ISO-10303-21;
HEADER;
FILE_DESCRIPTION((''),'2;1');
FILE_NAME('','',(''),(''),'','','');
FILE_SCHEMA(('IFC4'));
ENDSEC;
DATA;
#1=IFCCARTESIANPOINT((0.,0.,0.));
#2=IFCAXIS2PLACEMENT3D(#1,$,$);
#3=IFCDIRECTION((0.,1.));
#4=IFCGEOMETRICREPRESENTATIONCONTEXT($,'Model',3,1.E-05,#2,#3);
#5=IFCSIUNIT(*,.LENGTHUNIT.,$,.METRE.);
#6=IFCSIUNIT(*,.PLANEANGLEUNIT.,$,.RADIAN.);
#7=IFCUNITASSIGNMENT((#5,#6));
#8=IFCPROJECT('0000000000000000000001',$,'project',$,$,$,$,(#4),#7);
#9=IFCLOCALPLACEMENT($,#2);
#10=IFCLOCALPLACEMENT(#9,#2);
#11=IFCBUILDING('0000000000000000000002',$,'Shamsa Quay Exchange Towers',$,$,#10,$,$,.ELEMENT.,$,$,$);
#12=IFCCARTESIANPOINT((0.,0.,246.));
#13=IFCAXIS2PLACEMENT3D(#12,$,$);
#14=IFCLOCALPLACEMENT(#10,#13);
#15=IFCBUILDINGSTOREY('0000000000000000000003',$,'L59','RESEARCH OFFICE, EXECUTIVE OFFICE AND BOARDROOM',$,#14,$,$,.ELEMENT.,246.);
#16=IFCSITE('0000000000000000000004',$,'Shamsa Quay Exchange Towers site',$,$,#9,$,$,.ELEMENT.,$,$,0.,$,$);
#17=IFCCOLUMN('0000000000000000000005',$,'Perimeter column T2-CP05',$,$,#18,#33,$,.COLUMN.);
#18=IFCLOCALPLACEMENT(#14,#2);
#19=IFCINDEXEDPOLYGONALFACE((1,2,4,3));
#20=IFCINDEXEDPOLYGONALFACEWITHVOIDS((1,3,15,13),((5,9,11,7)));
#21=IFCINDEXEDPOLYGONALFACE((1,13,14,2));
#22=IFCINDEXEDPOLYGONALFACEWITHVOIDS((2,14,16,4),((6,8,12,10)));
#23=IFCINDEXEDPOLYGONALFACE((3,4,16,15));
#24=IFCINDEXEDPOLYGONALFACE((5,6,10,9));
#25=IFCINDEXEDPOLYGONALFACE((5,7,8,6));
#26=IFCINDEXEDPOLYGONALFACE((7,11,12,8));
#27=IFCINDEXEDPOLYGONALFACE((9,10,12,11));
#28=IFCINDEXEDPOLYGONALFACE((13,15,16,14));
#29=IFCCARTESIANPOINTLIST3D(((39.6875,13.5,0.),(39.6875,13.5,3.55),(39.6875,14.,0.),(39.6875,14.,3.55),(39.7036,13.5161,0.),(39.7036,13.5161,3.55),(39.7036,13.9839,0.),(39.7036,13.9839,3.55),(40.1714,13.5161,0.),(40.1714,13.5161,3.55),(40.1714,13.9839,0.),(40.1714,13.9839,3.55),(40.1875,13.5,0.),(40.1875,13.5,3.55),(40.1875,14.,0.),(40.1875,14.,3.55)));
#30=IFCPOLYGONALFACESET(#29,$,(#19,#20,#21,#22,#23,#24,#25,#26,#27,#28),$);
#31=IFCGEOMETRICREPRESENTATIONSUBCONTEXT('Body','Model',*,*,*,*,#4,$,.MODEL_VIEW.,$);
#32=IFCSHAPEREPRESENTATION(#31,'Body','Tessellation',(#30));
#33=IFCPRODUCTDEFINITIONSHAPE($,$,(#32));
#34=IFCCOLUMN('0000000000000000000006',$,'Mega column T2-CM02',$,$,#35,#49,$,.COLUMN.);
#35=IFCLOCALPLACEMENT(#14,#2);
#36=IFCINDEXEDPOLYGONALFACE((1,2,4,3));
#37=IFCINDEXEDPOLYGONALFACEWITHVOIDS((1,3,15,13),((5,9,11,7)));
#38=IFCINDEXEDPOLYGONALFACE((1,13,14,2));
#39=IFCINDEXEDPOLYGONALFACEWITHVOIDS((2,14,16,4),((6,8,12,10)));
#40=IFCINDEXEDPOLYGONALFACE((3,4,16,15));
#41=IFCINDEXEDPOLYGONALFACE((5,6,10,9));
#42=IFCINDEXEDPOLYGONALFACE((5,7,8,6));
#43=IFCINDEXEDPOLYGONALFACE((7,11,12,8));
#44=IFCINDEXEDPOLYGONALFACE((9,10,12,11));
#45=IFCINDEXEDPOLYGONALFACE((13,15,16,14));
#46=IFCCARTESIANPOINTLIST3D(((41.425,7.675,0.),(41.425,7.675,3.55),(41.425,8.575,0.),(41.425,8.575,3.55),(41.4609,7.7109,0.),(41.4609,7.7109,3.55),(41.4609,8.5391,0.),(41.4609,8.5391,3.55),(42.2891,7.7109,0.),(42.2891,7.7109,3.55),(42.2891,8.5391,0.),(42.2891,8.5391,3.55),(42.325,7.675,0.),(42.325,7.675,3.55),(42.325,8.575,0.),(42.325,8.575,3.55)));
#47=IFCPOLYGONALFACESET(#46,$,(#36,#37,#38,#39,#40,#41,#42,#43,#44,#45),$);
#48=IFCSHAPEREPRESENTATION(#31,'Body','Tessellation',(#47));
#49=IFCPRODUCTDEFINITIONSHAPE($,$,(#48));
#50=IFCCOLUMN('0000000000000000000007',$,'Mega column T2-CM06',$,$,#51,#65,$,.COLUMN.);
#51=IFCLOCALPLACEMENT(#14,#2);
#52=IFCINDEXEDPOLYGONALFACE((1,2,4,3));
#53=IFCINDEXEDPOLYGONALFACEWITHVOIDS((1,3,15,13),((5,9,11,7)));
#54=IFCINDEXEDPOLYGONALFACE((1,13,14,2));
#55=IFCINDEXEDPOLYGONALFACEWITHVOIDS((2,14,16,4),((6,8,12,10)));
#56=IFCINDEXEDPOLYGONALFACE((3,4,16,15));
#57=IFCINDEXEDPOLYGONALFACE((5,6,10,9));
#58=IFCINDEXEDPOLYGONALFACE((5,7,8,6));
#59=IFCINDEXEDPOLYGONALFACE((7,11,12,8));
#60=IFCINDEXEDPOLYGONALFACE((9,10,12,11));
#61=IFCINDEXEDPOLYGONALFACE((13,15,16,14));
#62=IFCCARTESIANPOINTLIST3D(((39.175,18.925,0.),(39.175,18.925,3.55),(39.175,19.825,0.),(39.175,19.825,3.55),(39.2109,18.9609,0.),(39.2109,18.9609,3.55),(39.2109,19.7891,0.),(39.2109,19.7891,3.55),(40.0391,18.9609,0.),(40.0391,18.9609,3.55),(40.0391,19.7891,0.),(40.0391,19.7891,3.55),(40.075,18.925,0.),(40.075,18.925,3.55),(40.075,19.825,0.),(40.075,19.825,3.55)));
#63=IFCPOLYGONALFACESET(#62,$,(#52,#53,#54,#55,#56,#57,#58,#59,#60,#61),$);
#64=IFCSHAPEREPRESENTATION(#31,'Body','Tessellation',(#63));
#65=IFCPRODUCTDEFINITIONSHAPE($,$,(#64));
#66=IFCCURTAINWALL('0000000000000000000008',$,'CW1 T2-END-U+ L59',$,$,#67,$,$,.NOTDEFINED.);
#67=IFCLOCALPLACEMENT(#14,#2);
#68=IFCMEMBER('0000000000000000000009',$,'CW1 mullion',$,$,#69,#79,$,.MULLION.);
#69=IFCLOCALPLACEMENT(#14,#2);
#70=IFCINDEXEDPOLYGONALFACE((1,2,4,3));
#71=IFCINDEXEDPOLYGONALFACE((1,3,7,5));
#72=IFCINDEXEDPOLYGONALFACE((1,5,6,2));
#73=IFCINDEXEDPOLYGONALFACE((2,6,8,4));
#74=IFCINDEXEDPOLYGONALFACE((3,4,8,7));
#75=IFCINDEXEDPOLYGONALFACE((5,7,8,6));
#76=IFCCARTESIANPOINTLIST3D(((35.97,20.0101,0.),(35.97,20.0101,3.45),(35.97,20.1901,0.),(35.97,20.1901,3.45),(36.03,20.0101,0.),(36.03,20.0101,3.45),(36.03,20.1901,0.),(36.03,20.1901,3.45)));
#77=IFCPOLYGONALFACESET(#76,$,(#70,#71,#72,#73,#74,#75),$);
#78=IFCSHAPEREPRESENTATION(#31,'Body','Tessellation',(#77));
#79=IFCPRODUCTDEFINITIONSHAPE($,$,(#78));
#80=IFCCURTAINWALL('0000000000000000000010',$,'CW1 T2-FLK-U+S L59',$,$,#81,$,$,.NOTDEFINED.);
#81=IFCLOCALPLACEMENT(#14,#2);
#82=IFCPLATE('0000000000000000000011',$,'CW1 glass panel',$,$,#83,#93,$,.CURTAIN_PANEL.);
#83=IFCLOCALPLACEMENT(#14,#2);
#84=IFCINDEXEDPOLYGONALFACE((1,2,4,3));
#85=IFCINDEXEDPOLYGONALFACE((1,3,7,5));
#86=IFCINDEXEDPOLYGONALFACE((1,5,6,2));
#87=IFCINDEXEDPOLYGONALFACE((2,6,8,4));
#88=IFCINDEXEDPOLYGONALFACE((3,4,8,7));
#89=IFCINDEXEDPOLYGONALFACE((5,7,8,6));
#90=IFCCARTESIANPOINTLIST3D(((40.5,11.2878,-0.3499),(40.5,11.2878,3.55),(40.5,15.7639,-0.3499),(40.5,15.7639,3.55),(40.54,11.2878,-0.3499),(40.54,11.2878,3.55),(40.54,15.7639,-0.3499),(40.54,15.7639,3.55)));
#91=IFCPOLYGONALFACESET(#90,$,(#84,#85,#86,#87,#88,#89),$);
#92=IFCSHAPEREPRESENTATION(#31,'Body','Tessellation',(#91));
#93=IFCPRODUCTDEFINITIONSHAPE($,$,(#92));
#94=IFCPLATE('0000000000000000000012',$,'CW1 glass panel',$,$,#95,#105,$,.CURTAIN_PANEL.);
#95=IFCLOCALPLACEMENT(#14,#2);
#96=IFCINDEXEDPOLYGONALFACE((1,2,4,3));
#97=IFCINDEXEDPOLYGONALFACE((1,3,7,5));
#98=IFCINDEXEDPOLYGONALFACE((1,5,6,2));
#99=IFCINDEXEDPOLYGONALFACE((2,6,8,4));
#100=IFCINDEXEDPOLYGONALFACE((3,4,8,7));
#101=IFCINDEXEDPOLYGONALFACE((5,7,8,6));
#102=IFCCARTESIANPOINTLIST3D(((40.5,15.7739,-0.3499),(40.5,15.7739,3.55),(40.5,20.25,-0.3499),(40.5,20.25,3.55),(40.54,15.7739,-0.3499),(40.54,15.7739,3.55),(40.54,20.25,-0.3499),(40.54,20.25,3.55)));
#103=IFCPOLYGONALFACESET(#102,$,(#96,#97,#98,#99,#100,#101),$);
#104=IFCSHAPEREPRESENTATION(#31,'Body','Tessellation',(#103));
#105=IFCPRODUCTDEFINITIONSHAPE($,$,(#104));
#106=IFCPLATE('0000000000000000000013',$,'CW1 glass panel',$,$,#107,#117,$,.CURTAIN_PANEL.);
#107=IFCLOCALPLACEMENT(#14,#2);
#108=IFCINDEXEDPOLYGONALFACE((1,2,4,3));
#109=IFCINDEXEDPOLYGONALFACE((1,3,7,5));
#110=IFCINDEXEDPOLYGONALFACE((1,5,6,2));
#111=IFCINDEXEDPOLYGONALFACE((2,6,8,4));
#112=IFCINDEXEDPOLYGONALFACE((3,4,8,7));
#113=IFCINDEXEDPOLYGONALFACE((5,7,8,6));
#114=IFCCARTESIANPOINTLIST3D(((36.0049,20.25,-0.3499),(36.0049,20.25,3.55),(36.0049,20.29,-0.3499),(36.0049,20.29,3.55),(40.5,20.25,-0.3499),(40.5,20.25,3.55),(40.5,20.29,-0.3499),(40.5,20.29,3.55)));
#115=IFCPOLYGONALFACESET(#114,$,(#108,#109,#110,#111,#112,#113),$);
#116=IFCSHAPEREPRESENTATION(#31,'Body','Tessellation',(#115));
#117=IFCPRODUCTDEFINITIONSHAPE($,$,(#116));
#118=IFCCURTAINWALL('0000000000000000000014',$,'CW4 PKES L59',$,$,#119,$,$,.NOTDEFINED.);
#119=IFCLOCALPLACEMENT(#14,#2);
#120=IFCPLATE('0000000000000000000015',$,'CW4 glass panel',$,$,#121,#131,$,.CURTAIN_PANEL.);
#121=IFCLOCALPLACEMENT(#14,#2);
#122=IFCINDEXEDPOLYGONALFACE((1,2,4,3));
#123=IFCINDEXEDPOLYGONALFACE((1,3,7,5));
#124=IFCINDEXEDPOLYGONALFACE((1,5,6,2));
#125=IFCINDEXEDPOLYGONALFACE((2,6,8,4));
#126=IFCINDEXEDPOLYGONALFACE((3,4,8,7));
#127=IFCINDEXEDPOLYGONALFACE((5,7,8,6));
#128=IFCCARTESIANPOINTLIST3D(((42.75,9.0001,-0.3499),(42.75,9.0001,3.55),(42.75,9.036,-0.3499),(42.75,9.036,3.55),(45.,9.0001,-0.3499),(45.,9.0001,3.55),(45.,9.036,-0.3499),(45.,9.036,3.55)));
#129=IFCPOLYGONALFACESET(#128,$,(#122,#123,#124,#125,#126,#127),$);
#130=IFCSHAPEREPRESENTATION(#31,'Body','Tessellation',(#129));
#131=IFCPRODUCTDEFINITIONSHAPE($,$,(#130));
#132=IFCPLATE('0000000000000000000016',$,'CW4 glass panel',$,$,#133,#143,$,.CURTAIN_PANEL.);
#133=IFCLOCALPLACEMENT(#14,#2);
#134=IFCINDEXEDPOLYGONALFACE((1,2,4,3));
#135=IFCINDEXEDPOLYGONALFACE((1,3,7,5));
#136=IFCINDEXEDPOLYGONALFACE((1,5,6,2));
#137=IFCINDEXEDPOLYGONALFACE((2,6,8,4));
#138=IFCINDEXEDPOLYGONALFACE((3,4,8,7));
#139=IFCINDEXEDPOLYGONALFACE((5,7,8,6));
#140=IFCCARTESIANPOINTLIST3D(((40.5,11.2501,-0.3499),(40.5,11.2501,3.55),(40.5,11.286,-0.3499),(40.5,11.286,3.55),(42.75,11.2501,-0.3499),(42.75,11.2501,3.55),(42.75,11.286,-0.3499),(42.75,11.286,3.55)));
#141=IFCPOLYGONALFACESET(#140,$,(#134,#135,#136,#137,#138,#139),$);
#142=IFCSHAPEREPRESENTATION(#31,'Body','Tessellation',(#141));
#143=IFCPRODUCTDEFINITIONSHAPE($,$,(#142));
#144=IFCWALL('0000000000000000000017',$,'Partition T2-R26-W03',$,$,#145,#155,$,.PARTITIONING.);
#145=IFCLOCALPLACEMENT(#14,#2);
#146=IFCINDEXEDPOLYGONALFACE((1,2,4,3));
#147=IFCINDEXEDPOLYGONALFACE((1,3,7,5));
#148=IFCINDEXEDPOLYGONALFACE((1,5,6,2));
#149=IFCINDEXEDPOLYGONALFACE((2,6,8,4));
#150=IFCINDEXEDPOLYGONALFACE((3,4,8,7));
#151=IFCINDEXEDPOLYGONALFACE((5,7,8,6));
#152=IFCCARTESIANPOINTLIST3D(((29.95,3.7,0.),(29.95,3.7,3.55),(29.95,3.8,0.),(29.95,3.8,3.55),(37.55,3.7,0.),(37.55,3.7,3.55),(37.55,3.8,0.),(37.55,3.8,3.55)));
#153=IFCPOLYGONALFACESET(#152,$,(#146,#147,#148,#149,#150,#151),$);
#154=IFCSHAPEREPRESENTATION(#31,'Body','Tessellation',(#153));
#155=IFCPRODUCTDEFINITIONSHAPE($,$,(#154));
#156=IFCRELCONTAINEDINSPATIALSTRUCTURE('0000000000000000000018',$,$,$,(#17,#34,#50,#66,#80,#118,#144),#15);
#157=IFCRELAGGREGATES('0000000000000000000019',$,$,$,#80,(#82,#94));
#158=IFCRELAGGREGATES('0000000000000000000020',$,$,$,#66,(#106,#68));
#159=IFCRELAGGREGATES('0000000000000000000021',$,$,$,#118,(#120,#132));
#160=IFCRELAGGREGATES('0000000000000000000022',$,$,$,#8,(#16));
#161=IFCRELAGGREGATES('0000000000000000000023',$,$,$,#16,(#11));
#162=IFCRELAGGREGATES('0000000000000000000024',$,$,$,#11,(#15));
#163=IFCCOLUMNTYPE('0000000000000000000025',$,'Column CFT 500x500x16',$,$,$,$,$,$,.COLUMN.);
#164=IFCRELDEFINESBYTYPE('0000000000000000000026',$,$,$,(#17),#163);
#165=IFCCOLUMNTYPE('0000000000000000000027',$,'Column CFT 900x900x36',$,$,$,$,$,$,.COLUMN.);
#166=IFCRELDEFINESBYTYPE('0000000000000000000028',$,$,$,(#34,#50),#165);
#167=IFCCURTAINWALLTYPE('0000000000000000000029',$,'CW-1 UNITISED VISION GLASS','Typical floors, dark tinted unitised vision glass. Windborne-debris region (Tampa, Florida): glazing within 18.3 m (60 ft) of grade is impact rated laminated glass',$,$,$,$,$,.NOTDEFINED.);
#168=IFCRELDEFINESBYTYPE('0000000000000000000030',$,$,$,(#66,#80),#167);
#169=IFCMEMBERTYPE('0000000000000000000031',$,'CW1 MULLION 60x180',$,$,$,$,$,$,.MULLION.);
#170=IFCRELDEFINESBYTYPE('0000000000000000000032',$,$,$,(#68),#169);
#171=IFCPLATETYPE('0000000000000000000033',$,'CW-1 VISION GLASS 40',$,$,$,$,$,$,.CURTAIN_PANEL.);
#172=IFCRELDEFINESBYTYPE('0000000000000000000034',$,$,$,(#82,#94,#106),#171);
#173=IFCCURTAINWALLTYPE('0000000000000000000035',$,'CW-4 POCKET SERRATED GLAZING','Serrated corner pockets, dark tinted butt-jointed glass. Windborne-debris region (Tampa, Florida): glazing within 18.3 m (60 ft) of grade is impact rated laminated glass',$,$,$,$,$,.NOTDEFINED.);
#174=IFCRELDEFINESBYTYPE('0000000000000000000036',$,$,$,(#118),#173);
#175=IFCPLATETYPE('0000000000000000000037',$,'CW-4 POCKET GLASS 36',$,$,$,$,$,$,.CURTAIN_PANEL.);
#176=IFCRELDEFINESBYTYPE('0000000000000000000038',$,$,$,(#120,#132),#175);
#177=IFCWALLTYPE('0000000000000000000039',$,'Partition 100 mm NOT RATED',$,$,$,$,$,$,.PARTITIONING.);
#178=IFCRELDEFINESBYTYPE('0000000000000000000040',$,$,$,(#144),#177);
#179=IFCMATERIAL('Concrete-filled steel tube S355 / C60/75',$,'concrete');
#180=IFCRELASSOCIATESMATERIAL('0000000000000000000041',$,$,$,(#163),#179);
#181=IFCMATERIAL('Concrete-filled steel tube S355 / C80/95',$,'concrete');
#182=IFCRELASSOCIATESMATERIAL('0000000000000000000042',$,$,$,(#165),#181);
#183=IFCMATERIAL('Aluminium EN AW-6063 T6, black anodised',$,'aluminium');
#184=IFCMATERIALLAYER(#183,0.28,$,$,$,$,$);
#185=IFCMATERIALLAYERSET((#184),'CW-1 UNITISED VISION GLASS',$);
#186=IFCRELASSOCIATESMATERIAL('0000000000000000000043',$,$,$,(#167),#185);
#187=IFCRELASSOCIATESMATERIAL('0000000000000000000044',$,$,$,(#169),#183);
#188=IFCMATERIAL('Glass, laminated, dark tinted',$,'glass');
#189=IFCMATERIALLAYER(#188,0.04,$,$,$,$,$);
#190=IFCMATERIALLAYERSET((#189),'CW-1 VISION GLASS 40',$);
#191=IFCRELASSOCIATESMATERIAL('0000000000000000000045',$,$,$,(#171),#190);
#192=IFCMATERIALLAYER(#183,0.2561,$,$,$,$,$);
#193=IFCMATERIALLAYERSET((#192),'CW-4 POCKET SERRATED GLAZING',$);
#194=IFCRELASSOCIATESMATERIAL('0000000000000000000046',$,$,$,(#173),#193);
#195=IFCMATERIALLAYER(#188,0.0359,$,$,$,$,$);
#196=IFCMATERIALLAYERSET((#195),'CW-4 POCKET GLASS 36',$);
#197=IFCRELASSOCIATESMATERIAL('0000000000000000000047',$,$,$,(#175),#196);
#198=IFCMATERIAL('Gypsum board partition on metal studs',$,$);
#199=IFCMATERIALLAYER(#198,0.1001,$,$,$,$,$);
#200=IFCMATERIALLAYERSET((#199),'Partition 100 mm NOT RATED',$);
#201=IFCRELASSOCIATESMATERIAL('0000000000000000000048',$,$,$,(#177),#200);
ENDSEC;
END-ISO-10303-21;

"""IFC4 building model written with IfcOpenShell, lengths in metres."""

from ifc_helpers import new_model, si_unit, direction, frame, frame_2d, origin, origin_2d, place, context, subcontext, project, spatial, rectangle, hollow_rectangle, extrude, material, layer, layer_set, material_profile, profile_set, type_object, element, aggregate, save


model = new_model("IFC4")

# Units and contexts
model_context = context("Model", 3, precision=1e-05, world=origin(), true_north=direction((0.0, 1.0)))
body_context = subcontext(model_context, "Body", "Model", "MODEL_VIEW")
ifc_project = project(units=[si_unit("LENGTHUNIT", "METRE"), si_unit("PLANEANGLEUNIT", "RADIAN")], contexts=[model_context])

# Site, building, storey
site_placement = place(None, origin())
site = spatial("IfcSite", under=ifc_project, at=site_placement, Name="Shamsa Quay Exchange Towers site", CompositionType="ELEMENT", RefElevation=0.0)
building_placement = place(site_placement, origin())
building = spatial("IfcBuilding", under=site, at=building_placement, Name="Shamsa Quay Exchange Towers", CompositionType="ELEMENT")
storey_placement = place(building_placement, frame((0.0, 0.0, 246.0)))
storey = spatial("IfcBuildingStorey", under=building, at=storey_placement, Name="L59", Description="RESEARCH OFFICE, EXECUTIVE OFFICE AND BOARDROOM", CompositionType="ELEMENT", Elevation=246.0)

# Columns
ifc_material_1 = material(Name="Concrete-filled steel tube S355 / C60/75", Category="concrete")
ifc_material_profile_1 = material_profile(ifc_material_1, hollow_rectangle(XDim=0.5, YDim=0.5, WallThickness=0.0161, at=origin_2d()), Name="CFT 500x500x16")
ifc_profile_set_1 = profile_set([ifc_material_profile_1], Name="Concrete-filled steel tube S355 / C60/75")
column_type_1 = type_object("IfcColumnType", Name="Column CFT 500x500x16", PredefinedType="COLUMN", material=ifc_profile_set_1)
column_placement = place(storey_placement, frame((39.9375, 13.75, 0.0)))
element("IfcColumn", 1, at=column_placement, inside=storey, type_object=column_type_1, Name="Perimeter column T2-CP05", PredefinedType="COLUMN", context=body_context, shape_type="SweptSolid", body=[
    extrude(hollow_rectangle(XDim=0.5, YDim=0.5, WallThickness=0.0161, at=origin_2d()), origin(), (0.0, 0.0, 1.0), 3.55),
])
ifc_material_2 = material(Name="Concrete-filled steel tube S355 / C80/95", Category="concrete")
ifc_material_profile_2 = material_profile(ifc_material_2, hollow_rectangle(XDim=0.8999, YDim=0.8999, WallThickness=0.0359, at=origin_2d()), Name="CFT 900x900x36")
ifc_profile_set_2 = profile_set([ifc_material_profile_2], Name="Concrete-filled steel tube S355 / C80/95")
column_type_2 = type_object("IfcColumnType", Name="Column CFT 900x900x36", PredefinedType="COLUMN", material=ifc_profile_set_2)
for number, where, name in (
    (2, (41.875, 8.125, 0.0), "Mega column T2-CM02"),
    (3, (39.625, 19.375, 0.0), "Mega column T2-CM06"),
):
    element("IfcColumn", number, at=place(storey_placement, frame(where)), inside=storey, type_object=column_type_2, Name=name, PredefinedType="COLUMN", context=body_context, shape_type="SweptSolid", body=[
        extrude(hollow_rectangle(XDim=0.8999, YDim=0.8999, WallThickness=0.0359, at=origin_2d()), origin(), (0.0, 0.0, 1.0), 3.55),
    ])

# Curtain wall, member
ifc_material_3 = material(Name="Aluminium EN AW-6063 T6, black anodised", Category="aluminium")
ifc_layer_1 = layer(ifc_material_3, 0.28)
ifc_layer_set_1 = layer_set([ifc_layer_1], Name="CW-1 UNITISED VISION GLASS")
curtain_wall_type_1 = type_object("IfcCurtainWallType", Name="CW-1 UNITISED VISION GLASS", Description="Typical floors, dark tinted unitised vision glass. Windborne-debris region (Tampa, Florida): glazing within 18.3 m (60 ft) of grade is impact rated laminated glass", PredefinedType="NOTDEFINED", material=ifc_layer_set_1)
curtain_wall_1_placement = place(storey_placement, origin())
curtain_wall_1 = element("IfcCurtainWall", 4, at=curtain_wall_1_placement, inside=storey, type_object=curtain_wall_type_1, Name="CW1 T2-END-U+ L59", PredefinedType="NOTDEFINED")
ifc_material_profile_3 = material_profile(ifc_material_3, rectangle(XDim=0.1799, YDim=0.0601, at=origin_2d()), Name="MU60x180")
ifc_profile_set_3 = profile_set([ifc_material_profile_3], Name="Aluminium EN AW-6063 T6, black anodised")
member_type = type_object("IfcMemberType", Name="CW1 MULLION 60x180", PredefinedType="MULLION", material=ifc_profile_set_3)
member_placement = place(storey_placement, frame((36.0, 20.1001, 0.0), z_axis=(0.0, 0.0, 1.0), x_axis=(0.0, -1.0, 0.0)))
member = element("IfcMember", 5, at=member_placement, type_object=member_type, Name="CW1 mullion", PredefinedType="MULLION", context=body_context, shape_type="SweptSolid", body=[
    extrude(rectangle(XDim=0.1799, YDim=0.0601, at=origin_2d()), origin(), (0.0, 0.0, 1.0), 3.45),
])

# Curtain wall, plates
curtain_wall_2_placement = place(storey_placement, origin())
curtain_wall_2 = element("IfcCurtainWall", 6, at=curtain_wall_2_placement, inside=storey, type_object=curtain_wall_type_1, Name="CW1 T2-FLK-U+S L59", PredefinedType="NOTDEFINED")
ifc_material_4 = material(Name="Glass, laminated, dark tinted", Category="glass")
ifc_layer_2 = layer(ifc_material_4, 0.04)
ifc_layer_set_2 = layer_set([ifc_layer_2], Name="CW-1 VISION GLASS 40")
plate_type_1 = type_object("IfcPlateType", Name="CW-1 VISION GLASS 40", PredefinedType="CURTAIN_PANEL", material=ifc_layer_set_2)
plate_1_placement = place(storey_placement, frame((40.52, 13.5259, -0.3499), z_axis=(0.0, 0.0, 1.0), x_axis=(0.0, 1.0, 0.0)))
plate_1 = element("IfcPlate", 7, at=plate_1_placement, type_object=plate_type_1, Name="CW1 glass panel", PredefinedType="CURTAIN_PANEL", context=body_context, shape_type="SweptSolid", body=[
    extrude(rectangle(XDim=4.4761, YDim=0.04, at=origin_2d()), origin(), (0.0, 0.0, 1.0), 3.8999),
])
plate_2_placement = place(storey_placement, frame((40.52, 18.012, -0.3499), z_axis=(0.0, 0.0, 1.0), x_axis=(0.0, 1.0, 0.0)))
plate_2 = element("IfcPlate", 8, at=plate_2_placement, type_object=plate_type_1, Name="CW1 glass panel", PredefinedType="CURTAIN_PANEL", context=body_context, shape_type="SweptSolid", body=[
    extrude(rectangle(XDim=4.4761, YDim=0.04, at=origin_2d()), origin(), (0.0, 0.0, 1.0), 3.8999),
])
aggregate(curtain_wall_2, [plate_1, plate_2])

# Plate
plate_3_placement = place(storey_placement, frame((38.2524, 20.27, -0.3499), z_axis=(0.0, 0.0, 1.0), x_axis=(-1.0, 0.0, 0.0)))
plate_3 = element("IfcPlate", 9, at=plate_3_placement, type_object=plate_type_1, Name="CW1 glass panel", PredefinedType="CURTAIN_PANEL", context=body_context, shape_type="SweptSolid", body=[
    extrude(rectangle(XDim=4.4951, YDim=0.04, at=origin_2d()), origin(), (0.0, 0.0, 1.0), 3.8999),
])
aggregate(curtain_wall_1, [plate_3, member])

# Curtain wall, plates
ifc_layer_3 = layer(ifc_material_3, 0.2561)
ifc_layer_set_3 = layer_set([ifc_layer_3], Name="CW-4 POCKET SERRATED GLAZING")
curtain_wall_type_2 = type_object("IfcCurtainWallType", Name="CW-4 POCKET SERRATED GLAZING", Description="Serrated corner pockets, dark tinted butt-jointed glass. Windborne-debris region (Tampa, Florida): glazing within 18.3 m (60 ft) of grade is impact rated laminated glass", PredefinedType="NOTDEFINED", material=ifc_layer_set_3)
curtain_wall_3_placement = place(storey_placement, origin())
curtain_wall_3 = element("IfcCurtainWall", 10, at=curtain_wall_3_placement, inside=storey, type_object=curtain_wall_type_2, Name="CW4 PKES L59", PredefinedType="NOTDEFINED")
ifc_layer_4 = layer(ifc_material_4, 0.0359)
ifc_layer_set_4 = layer_set([ifc_layer_4], Name="CW-4 POCKET GLASS 36")
plate_type_2 = type_object("IfcPlateType", Name="CW-4 POCKET GLASS 36", PredefinedType="CURTAIN_PANEL", material=ifc_layer_set_4)
plate_4_placement = place(storey_placement, frame((43.875, 9.0181, -0.3499), z_axis=(0.0, 0.0, 1.0), x_axis=(-1.0, 0.0, 0.0)))
plate_4 = element("IfcPlate", 11, at=plate_4_placement, type_object=plate_type_2, Name="CW4 glass panel", PredefinedType="CURTAIN_PANEL", context=body_context, shape_type="SweptSolid", body=[
    extrude(rectangle(XDim=2.25, YDim=0.0359, at=origin_2d()), origin(), (0.0, 0.0, 1.0), 3.8999),
])
plate_5_placement = place(storey_placement, frame((41.625, 11.2681, -0.3499), z_axis=(0.0, 0.0, 1.0), x_axis=(-1.0, 0.0, 0.0)))
plate_5 = element("IfcPlate", 12, at=plate_5_placement, type_object=plate_type_2, Name="CW4 glass panel", PredefinedType="CURTAIN_PANEL", context=body_context, shape_type="SweptSolid", body=[
    extrude(rectangle(XDim=2.25, YDim=0.0359, at=origin_2d()), origin(), (0.0, 0.0, 1.0), 3.8999),
])
aggregate(curtain_wall_3, [plate_4, plate_5])

# Wall
ifc_material_5 = material(Name="Gypsum board partition on metal studs")
ifc_layer_5 = layer(ifc_material_5, 0.1001)
ifc_layer_set_5 = layer_set([ifc_layer_5], Name="Partition 100 mm NOT RATED")
wall_type_1 = type_object("IfcWallType", Name="Partition 100 mm NOT RATED", PredefinedType="PARTITIONING", material=ifc_layer_set_5)
wall_1_placement = place(storey_placement, frame((37.55, 3.75, 0.0), z_axis=(0.0, 0.0, 1.0), x_axis=(-1.0, 0.0, 0.0)))
element("IfcWall", 13, at=wall_1_placement, inside=storey, type_object=wall_type_1, Name="Partition T2-R26-W03", PredefinedType="PARTITIONING", context=body_context, shape_type="SweptSolid", body=[
    extrude(rectangle(XDim=7.6001, YDim=0.1001, at=frame_2d((3.8, 0.0))), origin(), (0.0, 0.0, 1.0), 3.55),
])

save(model, "model.ifc")
